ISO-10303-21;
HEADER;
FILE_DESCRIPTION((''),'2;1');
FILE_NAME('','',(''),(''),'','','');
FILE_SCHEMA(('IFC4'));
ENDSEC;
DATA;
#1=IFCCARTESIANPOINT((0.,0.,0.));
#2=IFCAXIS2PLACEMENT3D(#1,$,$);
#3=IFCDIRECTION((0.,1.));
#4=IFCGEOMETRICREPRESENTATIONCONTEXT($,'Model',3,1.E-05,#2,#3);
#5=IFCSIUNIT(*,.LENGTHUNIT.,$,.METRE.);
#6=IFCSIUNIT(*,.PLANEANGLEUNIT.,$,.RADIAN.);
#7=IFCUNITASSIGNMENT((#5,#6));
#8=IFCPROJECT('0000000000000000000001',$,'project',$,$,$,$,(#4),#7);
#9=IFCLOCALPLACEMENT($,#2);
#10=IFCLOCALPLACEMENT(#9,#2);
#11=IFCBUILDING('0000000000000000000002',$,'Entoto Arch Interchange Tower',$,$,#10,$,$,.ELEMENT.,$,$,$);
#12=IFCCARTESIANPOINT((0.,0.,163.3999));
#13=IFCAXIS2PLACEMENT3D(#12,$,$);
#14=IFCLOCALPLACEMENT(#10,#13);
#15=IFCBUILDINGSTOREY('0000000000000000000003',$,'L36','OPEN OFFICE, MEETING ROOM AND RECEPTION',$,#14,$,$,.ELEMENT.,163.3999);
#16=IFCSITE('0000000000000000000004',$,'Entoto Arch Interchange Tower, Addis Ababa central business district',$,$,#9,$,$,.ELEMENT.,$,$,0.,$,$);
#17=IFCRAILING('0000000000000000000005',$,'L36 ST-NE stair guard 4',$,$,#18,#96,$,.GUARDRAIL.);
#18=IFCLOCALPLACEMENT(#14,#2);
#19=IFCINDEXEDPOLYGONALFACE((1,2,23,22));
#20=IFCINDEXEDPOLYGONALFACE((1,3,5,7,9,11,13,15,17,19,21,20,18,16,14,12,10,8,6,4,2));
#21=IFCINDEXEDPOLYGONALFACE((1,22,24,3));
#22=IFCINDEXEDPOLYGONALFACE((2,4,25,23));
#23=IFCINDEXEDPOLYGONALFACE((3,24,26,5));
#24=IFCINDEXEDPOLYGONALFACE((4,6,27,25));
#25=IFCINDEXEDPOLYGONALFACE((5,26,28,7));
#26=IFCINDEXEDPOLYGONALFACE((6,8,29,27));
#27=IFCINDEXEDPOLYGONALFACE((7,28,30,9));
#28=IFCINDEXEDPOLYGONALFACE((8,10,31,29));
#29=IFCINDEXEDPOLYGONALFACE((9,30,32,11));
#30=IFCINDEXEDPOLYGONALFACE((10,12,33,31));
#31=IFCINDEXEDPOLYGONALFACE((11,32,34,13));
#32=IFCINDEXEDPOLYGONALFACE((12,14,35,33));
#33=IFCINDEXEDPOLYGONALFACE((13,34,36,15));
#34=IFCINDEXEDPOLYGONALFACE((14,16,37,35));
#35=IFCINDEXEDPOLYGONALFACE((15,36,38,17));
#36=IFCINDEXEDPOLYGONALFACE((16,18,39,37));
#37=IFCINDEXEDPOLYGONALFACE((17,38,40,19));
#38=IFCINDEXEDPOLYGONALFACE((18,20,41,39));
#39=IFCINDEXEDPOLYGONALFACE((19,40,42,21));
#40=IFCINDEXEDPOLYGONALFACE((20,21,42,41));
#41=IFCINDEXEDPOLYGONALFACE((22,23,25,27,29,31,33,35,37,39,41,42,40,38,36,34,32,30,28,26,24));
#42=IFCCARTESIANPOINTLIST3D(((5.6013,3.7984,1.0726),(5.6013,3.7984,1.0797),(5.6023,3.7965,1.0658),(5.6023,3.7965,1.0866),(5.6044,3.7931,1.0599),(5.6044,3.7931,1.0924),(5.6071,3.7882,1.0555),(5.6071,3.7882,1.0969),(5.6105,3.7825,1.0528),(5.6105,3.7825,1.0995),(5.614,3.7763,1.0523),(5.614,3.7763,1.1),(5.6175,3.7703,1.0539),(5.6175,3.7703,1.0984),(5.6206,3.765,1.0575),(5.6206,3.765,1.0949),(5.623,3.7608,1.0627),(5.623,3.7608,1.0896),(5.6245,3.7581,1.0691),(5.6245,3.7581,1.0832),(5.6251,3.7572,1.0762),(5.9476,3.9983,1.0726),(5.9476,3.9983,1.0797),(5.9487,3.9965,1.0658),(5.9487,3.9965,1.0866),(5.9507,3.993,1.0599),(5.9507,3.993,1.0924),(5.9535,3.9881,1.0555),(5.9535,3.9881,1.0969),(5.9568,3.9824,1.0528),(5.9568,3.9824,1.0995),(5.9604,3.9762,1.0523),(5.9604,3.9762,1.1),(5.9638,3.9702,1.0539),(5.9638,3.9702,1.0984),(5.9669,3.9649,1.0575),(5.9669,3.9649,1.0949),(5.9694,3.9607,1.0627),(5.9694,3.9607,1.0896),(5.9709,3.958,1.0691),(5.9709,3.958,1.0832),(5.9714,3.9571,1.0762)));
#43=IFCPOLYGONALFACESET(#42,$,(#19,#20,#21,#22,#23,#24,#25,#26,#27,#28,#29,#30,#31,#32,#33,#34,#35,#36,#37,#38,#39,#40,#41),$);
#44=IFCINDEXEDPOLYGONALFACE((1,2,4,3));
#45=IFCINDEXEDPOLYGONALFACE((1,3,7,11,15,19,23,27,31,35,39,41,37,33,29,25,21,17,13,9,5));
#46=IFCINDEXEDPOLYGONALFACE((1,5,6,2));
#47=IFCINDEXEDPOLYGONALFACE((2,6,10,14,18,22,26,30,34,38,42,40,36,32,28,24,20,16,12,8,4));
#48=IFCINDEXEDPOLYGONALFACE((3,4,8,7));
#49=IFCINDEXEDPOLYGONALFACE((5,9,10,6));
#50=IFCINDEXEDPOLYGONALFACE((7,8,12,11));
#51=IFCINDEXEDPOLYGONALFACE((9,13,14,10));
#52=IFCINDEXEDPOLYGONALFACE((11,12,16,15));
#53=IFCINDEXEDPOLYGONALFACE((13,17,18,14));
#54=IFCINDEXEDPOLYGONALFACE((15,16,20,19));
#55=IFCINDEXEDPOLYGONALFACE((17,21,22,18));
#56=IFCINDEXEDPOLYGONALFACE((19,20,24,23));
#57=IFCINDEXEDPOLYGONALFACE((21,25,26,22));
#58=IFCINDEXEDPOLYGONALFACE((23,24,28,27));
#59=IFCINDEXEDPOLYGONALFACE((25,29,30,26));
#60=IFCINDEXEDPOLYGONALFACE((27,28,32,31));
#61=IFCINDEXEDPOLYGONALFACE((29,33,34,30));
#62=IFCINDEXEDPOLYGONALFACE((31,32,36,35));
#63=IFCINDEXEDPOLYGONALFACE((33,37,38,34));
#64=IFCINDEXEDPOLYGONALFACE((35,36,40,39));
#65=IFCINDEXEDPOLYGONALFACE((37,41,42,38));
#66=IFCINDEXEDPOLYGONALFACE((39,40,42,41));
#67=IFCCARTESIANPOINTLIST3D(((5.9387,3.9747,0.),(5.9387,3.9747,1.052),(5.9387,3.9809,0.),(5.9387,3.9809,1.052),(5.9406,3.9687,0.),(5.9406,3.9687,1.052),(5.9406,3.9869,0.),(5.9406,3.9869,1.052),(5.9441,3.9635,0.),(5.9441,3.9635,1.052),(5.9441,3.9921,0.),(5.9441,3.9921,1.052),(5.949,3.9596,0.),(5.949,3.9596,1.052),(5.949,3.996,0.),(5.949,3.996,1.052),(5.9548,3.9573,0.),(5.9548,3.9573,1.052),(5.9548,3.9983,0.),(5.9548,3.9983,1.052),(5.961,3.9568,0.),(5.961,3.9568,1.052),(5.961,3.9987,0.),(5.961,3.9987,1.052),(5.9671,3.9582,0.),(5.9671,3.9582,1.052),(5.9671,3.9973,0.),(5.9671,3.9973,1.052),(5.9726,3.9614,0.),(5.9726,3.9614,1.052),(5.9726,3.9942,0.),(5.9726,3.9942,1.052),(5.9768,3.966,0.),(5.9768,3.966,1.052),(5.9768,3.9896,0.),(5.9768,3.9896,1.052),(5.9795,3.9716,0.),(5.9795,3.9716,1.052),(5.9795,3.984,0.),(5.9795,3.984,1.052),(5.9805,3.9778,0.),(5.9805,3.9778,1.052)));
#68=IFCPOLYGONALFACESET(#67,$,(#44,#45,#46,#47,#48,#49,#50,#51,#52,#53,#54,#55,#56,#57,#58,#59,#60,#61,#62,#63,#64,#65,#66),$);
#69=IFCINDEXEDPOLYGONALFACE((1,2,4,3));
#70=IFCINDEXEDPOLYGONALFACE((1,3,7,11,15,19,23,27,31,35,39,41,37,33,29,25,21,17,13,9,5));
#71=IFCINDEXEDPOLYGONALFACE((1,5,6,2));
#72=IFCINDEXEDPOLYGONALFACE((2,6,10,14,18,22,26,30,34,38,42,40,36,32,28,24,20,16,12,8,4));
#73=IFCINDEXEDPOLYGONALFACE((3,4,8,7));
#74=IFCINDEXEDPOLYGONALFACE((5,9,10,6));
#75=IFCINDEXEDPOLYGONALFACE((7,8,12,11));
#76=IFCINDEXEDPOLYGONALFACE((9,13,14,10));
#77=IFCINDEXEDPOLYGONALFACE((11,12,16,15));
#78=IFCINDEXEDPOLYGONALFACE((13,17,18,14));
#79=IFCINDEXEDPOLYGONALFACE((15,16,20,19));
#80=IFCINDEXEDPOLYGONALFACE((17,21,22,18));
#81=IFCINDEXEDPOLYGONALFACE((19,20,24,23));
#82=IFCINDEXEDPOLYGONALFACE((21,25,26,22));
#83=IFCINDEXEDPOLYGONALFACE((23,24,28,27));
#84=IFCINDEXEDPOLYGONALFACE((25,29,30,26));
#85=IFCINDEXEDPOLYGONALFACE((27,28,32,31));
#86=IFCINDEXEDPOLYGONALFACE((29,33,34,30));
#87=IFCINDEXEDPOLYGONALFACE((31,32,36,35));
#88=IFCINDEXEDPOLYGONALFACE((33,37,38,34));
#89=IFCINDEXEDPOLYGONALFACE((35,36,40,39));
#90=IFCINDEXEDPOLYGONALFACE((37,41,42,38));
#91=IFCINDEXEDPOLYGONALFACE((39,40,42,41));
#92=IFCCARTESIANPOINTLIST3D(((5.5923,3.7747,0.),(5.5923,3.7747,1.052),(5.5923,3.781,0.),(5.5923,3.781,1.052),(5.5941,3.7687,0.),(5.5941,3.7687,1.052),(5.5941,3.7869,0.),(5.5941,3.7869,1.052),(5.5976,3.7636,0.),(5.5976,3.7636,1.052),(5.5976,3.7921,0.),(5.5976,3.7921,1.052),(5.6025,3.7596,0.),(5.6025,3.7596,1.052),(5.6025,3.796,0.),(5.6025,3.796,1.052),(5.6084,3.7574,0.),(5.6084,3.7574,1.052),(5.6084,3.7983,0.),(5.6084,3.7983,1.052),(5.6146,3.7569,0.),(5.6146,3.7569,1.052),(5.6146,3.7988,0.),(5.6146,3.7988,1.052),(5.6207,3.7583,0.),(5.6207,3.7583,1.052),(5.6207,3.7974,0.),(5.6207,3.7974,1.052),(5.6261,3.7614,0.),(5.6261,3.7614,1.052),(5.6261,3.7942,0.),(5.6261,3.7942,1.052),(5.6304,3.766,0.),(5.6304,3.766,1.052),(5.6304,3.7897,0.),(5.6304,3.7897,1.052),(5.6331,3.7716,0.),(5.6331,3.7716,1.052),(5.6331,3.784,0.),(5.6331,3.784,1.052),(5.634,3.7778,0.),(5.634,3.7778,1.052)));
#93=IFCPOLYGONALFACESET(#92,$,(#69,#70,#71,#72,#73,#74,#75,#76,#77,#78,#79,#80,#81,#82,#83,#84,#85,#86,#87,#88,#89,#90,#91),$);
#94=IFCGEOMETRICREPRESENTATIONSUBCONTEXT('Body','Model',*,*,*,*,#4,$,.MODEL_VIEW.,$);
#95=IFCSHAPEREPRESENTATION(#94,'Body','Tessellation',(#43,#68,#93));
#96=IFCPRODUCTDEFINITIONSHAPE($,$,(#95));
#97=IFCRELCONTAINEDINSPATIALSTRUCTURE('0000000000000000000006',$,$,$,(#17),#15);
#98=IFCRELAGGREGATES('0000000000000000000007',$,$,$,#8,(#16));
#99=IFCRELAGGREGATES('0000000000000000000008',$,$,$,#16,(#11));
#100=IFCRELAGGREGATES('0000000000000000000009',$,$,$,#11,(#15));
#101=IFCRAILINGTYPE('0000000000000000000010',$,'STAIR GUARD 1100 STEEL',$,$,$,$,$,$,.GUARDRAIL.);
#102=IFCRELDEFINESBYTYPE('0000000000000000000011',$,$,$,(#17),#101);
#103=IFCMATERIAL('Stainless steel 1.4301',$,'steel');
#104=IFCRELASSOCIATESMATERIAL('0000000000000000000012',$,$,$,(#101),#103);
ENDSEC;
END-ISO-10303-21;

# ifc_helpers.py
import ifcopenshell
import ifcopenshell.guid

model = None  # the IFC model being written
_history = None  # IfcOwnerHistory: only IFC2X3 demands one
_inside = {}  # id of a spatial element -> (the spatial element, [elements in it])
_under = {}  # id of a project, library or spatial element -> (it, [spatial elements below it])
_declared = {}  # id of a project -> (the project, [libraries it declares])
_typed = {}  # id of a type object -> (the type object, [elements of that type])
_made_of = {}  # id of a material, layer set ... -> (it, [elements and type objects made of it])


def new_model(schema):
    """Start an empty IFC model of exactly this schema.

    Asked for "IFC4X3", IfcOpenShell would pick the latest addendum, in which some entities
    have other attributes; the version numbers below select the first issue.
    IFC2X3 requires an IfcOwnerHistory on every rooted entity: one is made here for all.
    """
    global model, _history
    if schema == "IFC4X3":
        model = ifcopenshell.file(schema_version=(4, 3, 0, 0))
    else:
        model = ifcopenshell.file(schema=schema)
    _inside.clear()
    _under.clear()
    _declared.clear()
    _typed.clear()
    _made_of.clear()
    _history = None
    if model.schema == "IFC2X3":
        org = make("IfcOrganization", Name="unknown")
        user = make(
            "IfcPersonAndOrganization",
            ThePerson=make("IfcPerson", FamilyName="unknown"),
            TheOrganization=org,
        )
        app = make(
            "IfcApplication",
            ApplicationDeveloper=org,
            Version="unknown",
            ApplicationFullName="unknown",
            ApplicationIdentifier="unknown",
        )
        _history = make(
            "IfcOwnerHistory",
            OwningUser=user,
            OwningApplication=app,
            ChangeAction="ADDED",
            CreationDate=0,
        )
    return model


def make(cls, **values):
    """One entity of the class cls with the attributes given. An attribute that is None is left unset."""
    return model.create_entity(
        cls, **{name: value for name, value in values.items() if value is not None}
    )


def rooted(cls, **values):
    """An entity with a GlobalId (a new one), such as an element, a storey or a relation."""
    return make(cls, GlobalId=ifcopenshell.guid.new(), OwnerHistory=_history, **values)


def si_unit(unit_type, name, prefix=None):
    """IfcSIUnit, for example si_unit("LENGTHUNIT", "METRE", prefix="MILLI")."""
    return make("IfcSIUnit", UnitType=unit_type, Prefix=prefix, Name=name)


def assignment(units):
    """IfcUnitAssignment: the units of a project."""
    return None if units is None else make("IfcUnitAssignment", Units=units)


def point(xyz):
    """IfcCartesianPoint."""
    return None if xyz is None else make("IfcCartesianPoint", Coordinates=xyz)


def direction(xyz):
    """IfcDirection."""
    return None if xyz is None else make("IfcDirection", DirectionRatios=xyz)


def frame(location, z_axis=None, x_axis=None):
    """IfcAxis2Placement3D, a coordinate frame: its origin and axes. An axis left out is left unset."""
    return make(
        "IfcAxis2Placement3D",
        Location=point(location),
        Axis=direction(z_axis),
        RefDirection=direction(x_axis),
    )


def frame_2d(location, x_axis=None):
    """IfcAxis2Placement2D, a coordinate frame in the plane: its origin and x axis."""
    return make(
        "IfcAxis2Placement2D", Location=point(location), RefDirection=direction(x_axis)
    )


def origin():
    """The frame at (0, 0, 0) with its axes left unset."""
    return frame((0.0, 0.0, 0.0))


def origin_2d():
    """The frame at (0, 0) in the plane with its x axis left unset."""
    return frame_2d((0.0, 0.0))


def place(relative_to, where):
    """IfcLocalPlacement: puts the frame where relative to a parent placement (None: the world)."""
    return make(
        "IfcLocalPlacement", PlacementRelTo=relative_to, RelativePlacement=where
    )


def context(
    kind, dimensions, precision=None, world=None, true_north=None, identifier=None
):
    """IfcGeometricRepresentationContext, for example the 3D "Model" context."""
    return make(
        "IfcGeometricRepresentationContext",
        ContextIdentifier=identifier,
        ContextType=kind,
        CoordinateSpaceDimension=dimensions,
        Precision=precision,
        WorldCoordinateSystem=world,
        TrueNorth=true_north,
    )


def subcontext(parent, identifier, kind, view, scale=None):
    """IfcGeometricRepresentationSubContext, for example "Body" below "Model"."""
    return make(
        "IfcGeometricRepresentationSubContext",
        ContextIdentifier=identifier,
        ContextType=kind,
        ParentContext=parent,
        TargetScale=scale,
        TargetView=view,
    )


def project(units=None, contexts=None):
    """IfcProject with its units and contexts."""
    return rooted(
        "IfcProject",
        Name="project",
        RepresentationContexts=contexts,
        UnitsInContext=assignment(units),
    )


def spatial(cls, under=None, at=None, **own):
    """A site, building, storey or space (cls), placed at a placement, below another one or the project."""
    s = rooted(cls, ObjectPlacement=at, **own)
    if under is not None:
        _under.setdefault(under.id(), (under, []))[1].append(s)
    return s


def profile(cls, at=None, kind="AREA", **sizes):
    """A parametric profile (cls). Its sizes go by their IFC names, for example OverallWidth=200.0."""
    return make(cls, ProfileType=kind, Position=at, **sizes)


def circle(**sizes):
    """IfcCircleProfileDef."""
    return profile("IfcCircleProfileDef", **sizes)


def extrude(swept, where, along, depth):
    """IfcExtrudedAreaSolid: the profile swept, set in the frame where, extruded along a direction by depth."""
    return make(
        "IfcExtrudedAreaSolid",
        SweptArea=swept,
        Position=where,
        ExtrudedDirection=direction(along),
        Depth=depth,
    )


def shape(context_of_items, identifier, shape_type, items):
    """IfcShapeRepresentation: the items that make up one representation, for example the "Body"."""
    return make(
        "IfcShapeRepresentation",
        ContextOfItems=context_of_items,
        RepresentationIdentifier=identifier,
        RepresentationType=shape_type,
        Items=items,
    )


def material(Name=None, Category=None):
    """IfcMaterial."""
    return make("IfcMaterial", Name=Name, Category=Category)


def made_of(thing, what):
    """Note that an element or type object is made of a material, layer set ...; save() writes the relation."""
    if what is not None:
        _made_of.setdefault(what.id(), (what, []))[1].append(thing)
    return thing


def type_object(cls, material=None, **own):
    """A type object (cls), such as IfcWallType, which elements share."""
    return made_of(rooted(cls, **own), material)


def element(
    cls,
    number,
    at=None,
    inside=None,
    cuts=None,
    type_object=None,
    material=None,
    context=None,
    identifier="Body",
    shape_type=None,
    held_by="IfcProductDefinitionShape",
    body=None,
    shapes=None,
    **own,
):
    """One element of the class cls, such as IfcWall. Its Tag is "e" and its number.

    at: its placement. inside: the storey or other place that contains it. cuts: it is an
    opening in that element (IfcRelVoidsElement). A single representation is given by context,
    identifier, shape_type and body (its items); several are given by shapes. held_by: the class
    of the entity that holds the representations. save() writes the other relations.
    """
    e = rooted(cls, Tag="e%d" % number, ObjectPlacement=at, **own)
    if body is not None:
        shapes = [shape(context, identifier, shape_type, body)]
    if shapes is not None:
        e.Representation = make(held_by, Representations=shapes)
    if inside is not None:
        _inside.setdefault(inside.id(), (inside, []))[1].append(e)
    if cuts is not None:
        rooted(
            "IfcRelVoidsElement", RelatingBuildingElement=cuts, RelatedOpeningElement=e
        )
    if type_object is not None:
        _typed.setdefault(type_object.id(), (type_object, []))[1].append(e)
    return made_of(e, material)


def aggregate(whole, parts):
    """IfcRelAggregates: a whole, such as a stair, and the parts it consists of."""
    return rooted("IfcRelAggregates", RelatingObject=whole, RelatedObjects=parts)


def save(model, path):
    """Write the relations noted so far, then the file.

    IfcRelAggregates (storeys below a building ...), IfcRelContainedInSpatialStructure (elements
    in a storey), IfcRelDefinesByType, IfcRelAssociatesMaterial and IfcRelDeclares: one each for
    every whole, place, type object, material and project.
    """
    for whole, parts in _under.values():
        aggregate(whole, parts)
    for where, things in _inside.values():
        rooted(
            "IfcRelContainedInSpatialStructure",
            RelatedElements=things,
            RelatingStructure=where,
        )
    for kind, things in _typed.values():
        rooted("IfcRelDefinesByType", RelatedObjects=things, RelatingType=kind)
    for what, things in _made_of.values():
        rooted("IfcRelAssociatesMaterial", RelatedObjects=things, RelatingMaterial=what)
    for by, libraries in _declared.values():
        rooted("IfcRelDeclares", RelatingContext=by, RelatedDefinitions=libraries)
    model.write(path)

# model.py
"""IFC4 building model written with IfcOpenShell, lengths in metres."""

from ifc_helpers import new_model, si_unit, direction, frame, origin, origin_2d, place, context, subcontext, project, spatial, circle, extrude, material, type_object, element, save


model = new_model("IFC4")

# Units and contexts
model_context = context("Model", 3, precision=1e-05, world=origin(), true_north=direction((0.0, 1.0)))
body_context = subcontext(model_context, "Body", "Model", "MODEL_VIEW")
ifc_project = project(units=[si_unit("LENGTHUNIT", "METRE"), si_unit("PLANEANGLEUNIT", "RADIAN")], contexts=[model_context])

# Site, building, storey
site_placement = place(None, origin())
site = spatial("IfcSite", under=ifc_project, at=site_placement, Name="Entoto Arch Interchange Tower, Addis Ababa central business district", CompositionType="ELEMENT", RefElevation=0.0)
building_placement = place(site_placement, origin())
building = spatial("IfcBuilding", under=site, at=building_placement, Name="Entoto Arch Interchange Tower", CompositionType="ELEMENT")
storey_placement = place(building_placement, frame((0.0, 0.0, 163.3999)))
storey = spatial("IfcBuildingStorey", under=building, at=storey_placement, Name="L36", Description="OPEN OFFICE, MEETING ROOM AND RECEPTION", CompositionType="ELEMENT", Elevation=163.3999)

# Railing
ifc_material_1 = material(Name="Stainless steel 1.4301", Category="steel")
railing_type_1 = type_object("IfcRailingType", Name="STAIR GUARD 1100 STEEL", PredefinedType="GUARDRAIL", material=ifc_material_1)
railing_1_placement = place(storey_placement, frame((5.9595, 3.9778, 0.0)))
element("IfcRailing", 1, at=railing_1_placement, inside=storey, type_object=railing_type_1, Name="L36 ST-NE stair guard 4", PredefinedType="GUARDRAIL", context=body_context, shape_type="SweptSolid", body=[
    extrude(circle(Radius=0.0239, at=origin_2d()), frame((0.0, 0.0, 1.0762), z_axis=(-0.866094, -0.499881, 0.0), x_axis=(0.499881, -0.866094, 0.0)), (0.0, 0.0, 1.0), 0.3999),
    extrude(circle(Radius=0.021, at=origin_2d()), origin(), (0.0, 0.0, 1.0), 1.052),
    extrude(circle(Radius=0.021, at=origin_2d()), frame((-0.3464, -0.2, 0.0)), (0.0, 0.0, 1.0), 1.052),
])

save(model, "model.ifc")
